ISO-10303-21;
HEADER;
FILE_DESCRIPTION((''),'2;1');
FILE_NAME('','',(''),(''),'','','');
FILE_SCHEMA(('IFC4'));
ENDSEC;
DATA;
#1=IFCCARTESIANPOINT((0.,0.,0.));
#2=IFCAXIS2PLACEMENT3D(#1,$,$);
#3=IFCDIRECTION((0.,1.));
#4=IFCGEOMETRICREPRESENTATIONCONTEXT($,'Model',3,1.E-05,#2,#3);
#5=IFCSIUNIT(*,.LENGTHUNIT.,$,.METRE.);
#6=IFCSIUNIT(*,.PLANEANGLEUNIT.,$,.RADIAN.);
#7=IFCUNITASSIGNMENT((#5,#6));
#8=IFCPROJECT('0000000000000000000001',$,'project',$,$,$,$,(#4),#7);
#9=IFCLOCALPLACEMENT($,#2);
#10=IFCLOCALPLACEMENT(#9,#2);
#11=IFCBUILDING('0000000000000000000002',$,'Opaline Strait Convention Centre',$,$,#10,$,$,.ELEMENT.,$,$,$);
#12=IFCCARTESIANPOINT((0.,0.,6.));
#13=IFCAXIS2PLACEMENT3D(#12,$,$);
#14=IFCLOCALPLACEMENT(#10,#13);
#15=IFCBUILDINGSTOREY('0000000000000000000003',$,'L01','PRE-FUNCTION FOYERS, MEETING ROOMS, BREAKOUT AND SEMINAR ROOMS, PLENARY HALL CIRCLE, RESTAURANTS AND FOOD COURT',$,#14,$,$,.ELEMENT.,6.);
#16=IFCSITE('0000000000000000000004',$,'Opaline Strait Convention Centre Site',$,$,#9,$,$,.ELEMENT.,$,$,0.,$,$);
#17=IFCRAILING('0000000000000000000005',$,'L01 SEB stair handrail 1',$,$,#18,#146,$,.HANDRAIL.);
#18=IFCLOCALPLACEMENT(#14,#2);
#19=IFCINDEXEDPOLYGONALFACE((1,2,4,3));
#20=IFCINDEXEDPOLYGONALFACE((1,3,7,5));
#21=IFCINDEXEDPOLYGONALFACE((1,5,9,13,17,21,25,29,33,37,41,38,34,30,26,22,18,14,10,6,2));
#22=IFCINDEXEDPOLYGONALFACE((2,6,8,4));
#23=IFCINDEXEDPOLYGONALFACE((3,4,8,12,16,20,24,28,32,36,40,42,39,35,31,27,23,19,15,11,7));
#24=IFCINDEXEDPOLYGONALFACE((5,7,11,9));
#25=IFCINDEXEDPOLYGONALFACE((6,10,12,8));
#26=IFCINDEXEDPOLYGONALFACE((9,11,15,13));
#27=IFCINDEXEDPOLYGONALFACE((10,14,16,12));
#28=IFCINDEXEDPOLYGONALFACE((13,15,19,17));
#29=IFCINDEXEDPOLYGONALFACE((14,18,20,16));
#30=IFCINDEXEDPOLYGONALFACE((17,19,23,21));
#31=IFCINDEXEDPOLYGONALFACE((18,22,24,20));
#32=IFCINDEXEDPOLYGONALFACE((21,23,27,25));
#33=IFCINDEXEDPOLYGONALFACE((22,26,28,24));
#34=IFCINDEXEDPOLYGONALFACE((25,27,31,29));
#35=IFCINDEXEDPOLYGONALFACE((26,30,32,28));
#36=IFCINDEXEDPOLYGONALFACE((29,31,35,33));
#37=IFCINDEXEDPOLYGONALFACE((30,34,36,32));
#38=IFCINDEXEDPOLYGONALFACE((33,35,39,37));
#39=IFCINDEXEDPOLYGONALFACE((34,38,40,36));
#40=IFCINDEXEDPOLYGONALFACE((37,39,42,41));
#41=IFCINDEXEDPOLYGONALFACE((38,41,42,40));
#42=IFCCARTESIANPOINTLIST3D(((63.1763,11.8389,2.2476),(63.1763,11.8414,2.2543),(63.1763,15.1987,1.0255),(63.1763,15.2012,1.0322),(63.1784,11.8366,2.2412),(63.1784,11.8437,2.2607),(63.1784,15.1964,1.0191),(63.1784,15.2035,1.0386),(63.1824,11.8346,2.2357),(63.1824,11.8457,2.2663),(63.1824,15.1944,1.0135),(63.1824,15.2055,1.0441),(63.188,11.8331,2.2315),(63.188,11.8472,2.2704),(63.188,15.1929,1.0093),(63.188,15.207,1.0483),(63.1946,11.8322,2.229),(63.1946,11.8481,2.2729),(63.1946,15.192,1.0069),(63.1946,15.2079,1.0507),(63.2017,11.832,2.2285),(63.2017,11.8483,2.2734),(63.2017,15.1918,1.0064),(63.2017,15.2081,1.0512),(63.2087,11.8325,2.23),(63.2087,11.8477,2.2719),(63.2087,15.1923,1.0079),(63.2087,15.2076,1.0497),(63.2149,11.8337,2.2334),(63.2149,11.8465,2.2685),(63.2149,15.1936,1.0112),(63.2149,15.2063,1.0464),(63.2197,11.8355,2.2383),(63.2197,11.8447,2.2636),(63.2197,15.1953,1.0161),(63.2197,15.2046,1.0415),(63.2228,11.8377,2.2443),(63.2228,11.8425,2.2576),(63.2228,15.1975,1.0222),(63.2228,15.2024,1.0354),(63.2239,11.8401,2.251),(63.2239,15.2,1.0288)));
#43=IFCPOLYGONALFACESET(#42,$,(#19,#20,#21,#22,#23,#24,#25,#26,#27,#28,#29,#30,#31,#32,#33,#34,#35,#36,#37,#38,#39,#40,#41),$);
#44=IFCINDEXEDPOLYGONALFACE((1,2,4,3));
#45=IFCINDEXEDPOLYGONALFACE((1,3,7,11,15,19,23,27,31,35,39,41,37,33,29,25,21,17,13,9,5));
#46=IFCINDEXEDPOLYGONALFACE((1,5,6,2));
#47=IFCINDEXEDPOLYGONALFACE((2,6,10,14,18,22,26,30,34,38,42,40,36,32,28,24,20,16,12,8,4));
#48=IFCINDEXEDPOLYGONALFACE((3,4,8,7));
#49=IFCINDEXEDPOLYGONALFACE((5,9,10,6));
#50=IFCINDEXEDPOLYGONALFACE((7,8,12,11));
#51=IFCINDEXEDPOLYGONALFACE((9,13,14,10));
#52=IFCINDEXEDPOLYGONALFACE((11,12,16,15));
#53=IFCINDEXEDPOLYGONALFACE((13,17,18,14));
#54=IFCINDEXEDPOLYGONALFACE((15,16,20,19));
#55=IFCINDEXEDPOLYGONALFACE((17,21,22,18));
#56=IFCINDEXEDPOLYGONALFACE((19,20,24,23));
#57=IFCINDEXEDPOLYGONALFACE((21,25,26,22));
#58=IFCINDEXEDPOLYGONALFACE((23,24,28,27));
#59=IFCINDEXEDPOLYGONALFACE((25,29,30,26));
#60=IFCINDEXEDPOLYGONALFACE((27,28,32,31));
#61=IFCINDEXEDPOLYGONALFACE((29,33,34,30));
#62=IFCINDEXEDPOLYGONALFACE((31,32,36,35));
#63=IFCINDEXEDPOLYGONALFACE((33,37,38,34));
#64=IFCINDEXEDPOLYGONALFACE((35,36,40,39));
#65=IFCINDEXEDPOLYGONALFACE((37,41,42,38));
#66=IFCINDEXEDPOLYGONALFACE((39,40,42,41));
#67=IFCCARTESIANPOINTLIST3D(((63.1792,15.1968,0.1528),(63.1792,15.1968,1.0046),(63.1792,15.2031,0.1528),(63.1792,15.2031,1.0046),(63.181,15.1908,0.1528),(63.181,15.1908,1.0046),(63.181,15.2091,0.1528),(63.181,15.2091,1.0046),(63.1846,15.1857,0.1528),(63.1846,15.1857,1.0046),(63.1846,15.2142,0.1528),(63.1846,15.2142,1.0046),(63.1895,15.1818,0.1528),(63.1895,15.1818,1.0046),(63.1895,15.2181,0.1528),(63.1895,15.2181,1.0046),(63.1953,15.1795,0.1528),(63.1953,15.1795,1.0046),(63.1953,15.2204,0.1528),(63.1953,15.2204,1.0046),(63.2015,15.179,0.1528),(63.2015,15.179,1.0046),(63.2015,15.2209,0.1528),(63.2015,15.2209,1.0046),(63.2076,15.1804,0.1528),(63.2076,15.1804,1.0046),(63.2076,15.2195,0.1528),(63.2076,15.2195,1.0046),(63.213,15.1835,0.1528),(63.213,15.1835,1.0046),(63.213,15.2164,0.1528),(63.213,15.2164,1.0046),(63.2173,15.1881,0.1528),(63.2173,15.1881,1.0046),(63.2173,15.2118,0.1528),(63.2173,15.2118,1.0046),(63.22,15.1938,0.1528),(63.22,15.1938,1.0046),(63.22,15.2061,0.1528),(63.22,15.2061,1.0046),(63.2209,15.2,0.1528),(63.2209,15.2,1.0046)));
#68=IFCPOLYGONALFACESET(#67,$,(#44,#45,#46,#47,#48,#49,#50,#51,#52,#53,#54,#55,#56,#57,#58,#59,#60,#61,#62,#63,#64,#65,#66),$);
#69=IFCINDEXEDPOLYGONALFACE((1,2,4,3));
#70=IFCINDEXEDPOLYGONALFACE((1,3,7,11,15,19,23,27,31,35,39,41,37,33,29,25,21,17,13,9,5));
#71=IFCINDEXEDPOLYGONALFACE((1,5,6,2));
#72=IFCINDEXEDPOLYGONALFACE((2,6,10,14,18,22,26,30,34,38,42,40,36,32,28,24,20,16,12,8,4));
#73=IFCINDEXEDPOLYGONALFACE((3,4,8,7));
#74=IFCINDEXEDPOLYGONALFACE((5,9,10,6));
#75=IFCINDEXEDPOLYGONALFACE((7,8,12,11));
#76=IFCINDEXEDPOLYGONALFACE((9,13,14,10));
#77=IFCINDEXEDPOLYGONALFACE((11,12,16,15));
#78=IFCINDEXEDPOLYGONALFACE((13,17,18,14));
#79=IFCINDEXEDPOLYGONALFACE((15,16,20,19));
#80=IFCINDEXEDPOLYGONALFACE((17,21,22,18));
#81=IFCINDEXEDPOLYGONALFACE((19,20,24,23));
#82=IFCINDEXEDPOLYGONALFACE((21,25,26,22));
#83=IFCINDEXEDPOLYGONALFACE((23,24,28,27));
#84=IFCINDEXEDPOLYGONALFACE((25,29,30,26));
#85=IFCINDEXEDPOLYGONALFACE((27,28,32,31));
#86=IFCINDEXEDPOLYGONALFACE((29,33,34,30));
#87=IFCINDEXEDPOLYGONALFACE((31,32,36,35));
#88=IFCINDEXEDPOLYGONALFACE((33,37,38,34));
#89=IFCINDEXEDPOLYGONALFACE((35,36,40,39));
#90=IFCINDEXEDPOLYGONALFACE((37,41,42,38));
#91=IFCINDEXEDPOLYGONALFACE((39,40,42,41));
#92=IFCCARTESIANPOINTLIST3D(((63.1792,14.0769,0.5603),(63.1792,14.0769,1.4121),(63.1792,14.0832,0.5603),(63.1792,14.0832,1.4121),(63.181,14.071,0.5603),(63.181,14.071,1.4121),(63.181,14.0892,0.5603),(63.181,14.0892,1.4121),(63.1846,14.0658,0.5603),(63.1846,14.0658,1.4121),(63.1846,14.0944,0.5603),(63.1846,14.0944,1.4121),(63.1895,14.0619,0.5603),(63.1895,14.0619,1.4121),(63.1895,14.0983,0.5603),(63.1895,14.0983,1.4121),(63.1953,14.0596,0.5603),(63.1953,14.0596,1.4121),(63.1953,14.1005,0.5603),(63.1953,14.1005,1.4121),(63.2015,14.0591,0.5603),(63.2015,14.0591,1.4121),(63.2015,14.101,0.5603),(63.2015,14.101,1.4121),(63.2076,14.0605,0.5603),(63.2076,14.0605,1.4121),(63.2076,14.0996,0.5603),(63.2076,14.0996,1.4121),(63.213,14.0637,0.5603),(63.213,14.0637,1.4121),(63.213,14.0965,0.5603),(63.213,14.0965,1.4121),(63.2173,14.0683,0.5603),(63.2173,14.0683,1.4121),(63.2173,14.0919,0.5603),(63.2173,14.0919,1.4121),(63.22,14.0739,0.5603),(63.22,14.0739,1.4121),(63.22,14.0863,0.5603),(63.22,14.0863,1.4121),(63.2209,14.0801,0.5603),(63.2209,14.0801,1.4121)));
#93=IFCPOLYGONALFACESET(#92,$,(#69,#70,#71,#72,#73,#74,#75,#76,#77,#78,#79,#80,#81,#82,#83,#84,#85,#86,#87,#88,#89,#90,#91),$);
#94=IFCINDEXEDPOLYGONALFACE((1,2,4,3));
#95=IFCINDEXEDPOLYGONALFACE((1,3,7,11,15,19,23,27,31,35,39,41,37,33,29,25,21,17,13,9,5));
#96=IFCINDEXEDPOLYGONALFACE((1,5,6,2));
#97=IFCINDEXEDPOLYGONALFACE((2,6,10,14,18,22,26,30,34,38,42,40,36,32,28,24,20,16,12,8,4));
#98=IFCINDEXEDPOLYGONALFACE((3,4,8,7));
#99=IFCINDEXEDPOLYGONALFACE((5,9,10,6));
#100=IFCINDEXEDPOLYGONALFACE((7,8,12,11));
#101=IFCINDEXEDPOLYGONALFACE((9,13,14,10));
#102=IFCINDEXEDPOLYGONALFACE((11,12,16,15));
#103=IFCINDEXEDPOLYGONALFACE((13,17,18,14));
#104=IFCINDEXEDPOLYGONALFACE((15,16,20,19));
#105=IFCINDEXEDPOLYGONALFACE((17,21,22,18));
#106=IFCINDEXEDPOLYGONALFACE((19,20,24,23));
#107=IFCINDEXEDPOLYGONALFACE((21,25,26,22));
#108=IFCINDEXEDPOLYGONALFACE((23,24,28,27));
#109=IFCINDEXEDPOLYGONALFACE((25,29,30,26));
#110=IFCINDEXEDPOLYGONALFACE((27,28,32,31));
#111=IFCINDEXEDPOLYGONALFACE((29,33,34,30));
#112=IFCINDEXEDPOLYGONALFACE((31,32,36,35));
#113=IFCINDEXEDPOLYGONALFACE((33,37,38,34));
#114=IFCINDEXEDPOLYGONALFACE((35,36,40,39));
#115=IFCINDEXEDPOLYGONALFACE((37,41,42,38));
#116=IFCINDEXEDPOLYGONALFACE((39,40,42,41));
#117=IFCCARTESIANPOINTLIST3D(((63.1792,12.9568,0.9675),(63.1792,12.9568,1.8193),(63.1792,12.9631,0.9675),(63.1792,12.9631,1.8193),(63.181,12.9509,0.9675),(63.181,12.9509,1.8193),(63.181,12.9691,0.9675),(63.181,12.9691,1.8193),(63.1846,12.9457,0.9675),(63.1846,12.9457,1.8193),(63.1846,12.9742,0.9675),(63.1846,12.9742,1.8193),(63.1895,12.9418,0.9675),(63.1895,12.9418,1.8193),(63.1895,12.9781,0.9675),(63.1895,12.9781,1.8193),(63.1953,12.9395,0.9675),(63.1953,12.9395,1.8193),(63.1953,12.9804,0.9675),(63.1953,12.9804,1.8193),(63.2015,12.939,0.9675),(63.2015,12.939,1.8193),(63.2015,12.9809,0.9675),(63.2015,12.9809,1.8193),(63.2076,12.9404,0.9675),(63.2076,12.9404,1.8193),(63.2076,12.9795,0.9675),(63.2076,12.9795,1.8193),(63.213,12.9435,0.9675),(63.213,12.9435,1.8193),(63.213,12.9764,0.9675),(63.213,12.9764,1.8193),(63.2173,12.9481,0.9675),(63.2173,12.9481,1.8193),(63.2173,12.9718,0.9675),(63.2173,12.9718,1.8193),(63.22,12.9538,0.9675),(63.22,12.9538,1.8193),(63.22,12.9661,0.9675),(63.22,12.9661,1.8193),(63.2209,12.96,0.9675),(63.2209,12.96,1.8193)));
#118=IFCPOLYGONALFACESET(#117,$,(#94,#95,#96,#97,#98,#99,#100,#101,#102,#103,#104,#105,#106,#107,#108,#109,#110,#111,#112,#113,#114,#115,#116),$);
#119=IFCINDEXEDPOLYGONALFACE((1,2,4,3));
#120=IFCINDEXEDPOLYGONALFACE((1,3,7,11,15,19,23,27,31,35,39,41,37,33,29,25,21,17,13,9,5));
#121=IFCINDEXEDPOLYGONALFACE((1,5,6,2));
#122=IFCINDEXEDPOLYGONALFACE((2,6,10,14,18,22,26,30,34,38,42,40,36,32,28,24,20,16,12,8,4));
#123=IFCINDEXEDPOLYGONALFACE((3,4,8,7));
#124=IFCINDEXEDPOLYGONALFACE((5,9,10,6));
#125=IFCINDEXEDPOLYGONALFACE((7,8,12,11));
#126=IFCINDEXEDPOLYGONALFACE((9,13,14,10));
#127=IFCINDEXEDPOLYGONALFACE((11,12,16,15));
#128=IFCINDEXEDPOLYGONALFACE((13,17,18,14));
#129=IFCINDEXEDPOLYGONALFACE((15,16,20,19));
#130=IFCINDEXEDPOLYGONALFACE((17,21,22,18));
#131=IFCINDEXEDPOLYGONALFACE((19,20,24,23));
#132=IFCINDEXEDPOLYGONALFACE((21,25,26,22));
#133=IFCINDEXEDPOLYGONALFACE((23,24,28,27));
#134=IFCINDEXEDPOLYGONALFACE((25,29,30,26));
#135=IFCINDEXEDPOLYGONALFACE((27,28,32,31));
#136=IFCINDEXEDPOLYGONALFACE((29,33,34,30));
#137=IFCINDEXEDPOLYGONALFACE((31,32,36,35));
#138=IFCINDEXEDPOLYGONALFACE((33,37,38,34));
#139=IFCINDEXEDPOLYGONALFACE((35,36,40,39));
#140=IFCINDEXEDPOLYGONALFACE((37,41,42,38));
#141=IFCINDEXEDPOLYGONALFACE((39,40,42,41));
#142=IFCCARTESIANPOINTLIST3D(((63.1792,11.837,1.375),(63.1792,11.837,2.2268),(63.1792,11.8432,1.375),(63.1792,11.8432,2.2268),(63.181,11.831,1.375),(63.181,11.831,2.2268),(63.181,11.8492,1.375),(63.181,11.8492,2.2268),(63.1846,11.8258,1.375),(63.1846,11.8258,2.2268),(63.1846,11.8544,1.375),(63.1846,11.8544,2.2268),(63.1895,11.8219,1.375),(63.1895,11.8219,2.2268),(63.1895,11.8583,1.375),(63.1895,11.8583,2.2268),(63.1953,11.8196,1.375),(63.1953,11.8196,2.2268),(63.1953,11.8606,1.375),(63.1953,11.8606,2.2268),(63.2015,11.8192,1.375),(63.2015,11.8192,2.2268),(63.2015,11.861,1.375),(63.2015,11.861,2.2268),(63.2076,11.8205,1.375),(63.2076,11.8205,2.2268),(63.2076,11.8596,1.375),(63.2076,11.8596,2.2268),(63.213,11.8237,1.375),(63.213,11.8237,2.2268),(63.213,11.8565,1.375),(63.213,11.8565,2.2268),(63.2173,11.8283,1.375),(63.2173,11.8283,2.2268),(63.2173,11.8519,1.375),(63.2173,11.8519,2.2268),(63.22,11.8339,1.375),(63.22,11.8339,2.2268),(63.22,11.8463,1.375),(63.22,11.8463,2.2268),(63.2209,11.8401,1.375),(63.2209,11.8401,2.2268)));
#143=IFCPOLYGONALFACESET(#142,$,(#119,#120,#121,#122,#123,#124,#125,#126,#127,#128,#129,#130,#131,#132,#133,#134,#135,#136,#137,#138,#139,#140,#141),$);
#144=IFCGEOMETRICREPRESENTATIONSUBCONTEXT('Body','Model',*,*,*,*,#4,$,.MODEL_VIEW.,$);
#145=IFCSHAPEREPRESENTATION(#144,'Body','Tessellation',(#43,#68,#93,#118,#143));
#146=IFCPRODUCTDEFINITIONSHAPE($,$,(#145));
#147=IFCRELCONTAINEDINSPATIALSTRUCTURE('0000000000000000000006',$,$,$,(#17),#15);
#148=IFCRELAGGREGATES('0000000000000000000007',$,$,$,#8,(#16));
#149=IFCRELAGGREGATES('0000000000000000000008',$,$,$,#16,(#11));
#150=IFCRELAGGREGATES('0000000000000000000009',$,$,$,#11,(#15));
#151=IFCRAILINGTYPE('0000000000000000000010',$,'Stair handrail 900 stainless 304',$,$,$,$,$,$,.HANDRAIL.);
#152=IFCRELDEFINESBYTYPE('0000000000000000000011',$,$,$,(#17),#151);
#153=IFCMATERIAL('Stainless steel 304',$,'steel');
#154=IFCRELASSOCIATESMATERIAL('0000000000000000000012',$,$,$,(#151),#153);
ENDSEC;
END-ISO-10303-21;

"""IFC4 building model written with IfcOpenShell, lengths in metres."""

from ifc_helpers import new_model, si_unit, direction, frame, origin, origin_2d, place, context, subcontext, project, spatial, circle, extrude, material, type_object, element, save


model = new_model("IFC4")

# Units and contexts
model_context = context("Model", 3, precision=1e-05, world=origin(), true_north=direction((0.0, 1.0)))
body_context = subcontext(model_context, "Body", "Model", "MODEL_VIEW")
ifc_project = project(units=[si_unit("LENGTHUNIT", "METRE"), si_unit("PLANEANGLEUNIT", "RADIAN")], contexts=[model_context])

# Site, building, storey
site_placement = place(None, origin())
site = spatial("IfcSite", under=ifc_project, at=site_placement, Name="Opaline Strait Convention Centre Site", CompositionType="ELEMENT", RefElevation=0.0)
building_placement = place(site_placement, origin())
building = spatial("IfcBuilding", under=site, at=building_placement, Name="Opaline Strait Convention Centre", CompositionType="ELEMENT")
storey_placement = place(building_placement, frame((0.0, 0.0, 6.0)))
storey = spatial("IfcBuildingStorey", under=building, at=storey_placement, Name="L01", Description="PRE-FUNCTION FOYERS, MEETING ROOMS, BREAKOUT AND SEMINAR ROOMS, PLENARY HALL CIRCLE, RESTAURANTS AND FOOD COURT", CompositionType="ELEMENT", Elevation=6.0)

# Railing
ifc_material_1 = material(Name="Stainless steel 304", Category="steel")
railing_type_1 = type_object("IfcRailingType", Name="Stair handrail 900 stainless 304", PredefinedType="HANDRAIL", material=ifc_material_1)
railing_1_placement = place(storey_placement, frame((63.2, 15.2, 0.1528)))
element("IfcRailing", 1, at=railing_1_placement, inside=storey, type_object=railing_type_1, Name="L01 SEB stair handrail 1", PredefinedType="HANDRAIL", context=body_context, shape_type="SweptSolid", body=[
    extrude(circle(Radius=0.0239, at=origin_2d()), frame((0.0, 0.0, 0.876), z_axis=(0.0, -0.939758, 0.341842), x_axis=(1.0, 0.0, 0.0)), (0.0, 0.0, 1.0), 3.5752),
    extrude(circle(Radius=0.021, at=origin_2d()), origin(), (0.0, 0.0, 1.0), 0.8518),
    extrude(circle(Radius=0.021, at=origin_2d()), frame((0.0, -1.1199, 0.4075)), (0.0, 0.0, 1.0), 0.8518),
    extrude(circle(Radius=0.021, at=origin_2d()), frame((0.0, -2.24, 0.8147)), (0.0, 0.0, 1.0), 0.8518),
    extrude(circle(Radius=0.021, at=origin_2d()), frame((0.0, -3.3599, 1.2222)), (0.0, 0.0, 1.0), 0.8518),
])

save(model, "model.ifc")
